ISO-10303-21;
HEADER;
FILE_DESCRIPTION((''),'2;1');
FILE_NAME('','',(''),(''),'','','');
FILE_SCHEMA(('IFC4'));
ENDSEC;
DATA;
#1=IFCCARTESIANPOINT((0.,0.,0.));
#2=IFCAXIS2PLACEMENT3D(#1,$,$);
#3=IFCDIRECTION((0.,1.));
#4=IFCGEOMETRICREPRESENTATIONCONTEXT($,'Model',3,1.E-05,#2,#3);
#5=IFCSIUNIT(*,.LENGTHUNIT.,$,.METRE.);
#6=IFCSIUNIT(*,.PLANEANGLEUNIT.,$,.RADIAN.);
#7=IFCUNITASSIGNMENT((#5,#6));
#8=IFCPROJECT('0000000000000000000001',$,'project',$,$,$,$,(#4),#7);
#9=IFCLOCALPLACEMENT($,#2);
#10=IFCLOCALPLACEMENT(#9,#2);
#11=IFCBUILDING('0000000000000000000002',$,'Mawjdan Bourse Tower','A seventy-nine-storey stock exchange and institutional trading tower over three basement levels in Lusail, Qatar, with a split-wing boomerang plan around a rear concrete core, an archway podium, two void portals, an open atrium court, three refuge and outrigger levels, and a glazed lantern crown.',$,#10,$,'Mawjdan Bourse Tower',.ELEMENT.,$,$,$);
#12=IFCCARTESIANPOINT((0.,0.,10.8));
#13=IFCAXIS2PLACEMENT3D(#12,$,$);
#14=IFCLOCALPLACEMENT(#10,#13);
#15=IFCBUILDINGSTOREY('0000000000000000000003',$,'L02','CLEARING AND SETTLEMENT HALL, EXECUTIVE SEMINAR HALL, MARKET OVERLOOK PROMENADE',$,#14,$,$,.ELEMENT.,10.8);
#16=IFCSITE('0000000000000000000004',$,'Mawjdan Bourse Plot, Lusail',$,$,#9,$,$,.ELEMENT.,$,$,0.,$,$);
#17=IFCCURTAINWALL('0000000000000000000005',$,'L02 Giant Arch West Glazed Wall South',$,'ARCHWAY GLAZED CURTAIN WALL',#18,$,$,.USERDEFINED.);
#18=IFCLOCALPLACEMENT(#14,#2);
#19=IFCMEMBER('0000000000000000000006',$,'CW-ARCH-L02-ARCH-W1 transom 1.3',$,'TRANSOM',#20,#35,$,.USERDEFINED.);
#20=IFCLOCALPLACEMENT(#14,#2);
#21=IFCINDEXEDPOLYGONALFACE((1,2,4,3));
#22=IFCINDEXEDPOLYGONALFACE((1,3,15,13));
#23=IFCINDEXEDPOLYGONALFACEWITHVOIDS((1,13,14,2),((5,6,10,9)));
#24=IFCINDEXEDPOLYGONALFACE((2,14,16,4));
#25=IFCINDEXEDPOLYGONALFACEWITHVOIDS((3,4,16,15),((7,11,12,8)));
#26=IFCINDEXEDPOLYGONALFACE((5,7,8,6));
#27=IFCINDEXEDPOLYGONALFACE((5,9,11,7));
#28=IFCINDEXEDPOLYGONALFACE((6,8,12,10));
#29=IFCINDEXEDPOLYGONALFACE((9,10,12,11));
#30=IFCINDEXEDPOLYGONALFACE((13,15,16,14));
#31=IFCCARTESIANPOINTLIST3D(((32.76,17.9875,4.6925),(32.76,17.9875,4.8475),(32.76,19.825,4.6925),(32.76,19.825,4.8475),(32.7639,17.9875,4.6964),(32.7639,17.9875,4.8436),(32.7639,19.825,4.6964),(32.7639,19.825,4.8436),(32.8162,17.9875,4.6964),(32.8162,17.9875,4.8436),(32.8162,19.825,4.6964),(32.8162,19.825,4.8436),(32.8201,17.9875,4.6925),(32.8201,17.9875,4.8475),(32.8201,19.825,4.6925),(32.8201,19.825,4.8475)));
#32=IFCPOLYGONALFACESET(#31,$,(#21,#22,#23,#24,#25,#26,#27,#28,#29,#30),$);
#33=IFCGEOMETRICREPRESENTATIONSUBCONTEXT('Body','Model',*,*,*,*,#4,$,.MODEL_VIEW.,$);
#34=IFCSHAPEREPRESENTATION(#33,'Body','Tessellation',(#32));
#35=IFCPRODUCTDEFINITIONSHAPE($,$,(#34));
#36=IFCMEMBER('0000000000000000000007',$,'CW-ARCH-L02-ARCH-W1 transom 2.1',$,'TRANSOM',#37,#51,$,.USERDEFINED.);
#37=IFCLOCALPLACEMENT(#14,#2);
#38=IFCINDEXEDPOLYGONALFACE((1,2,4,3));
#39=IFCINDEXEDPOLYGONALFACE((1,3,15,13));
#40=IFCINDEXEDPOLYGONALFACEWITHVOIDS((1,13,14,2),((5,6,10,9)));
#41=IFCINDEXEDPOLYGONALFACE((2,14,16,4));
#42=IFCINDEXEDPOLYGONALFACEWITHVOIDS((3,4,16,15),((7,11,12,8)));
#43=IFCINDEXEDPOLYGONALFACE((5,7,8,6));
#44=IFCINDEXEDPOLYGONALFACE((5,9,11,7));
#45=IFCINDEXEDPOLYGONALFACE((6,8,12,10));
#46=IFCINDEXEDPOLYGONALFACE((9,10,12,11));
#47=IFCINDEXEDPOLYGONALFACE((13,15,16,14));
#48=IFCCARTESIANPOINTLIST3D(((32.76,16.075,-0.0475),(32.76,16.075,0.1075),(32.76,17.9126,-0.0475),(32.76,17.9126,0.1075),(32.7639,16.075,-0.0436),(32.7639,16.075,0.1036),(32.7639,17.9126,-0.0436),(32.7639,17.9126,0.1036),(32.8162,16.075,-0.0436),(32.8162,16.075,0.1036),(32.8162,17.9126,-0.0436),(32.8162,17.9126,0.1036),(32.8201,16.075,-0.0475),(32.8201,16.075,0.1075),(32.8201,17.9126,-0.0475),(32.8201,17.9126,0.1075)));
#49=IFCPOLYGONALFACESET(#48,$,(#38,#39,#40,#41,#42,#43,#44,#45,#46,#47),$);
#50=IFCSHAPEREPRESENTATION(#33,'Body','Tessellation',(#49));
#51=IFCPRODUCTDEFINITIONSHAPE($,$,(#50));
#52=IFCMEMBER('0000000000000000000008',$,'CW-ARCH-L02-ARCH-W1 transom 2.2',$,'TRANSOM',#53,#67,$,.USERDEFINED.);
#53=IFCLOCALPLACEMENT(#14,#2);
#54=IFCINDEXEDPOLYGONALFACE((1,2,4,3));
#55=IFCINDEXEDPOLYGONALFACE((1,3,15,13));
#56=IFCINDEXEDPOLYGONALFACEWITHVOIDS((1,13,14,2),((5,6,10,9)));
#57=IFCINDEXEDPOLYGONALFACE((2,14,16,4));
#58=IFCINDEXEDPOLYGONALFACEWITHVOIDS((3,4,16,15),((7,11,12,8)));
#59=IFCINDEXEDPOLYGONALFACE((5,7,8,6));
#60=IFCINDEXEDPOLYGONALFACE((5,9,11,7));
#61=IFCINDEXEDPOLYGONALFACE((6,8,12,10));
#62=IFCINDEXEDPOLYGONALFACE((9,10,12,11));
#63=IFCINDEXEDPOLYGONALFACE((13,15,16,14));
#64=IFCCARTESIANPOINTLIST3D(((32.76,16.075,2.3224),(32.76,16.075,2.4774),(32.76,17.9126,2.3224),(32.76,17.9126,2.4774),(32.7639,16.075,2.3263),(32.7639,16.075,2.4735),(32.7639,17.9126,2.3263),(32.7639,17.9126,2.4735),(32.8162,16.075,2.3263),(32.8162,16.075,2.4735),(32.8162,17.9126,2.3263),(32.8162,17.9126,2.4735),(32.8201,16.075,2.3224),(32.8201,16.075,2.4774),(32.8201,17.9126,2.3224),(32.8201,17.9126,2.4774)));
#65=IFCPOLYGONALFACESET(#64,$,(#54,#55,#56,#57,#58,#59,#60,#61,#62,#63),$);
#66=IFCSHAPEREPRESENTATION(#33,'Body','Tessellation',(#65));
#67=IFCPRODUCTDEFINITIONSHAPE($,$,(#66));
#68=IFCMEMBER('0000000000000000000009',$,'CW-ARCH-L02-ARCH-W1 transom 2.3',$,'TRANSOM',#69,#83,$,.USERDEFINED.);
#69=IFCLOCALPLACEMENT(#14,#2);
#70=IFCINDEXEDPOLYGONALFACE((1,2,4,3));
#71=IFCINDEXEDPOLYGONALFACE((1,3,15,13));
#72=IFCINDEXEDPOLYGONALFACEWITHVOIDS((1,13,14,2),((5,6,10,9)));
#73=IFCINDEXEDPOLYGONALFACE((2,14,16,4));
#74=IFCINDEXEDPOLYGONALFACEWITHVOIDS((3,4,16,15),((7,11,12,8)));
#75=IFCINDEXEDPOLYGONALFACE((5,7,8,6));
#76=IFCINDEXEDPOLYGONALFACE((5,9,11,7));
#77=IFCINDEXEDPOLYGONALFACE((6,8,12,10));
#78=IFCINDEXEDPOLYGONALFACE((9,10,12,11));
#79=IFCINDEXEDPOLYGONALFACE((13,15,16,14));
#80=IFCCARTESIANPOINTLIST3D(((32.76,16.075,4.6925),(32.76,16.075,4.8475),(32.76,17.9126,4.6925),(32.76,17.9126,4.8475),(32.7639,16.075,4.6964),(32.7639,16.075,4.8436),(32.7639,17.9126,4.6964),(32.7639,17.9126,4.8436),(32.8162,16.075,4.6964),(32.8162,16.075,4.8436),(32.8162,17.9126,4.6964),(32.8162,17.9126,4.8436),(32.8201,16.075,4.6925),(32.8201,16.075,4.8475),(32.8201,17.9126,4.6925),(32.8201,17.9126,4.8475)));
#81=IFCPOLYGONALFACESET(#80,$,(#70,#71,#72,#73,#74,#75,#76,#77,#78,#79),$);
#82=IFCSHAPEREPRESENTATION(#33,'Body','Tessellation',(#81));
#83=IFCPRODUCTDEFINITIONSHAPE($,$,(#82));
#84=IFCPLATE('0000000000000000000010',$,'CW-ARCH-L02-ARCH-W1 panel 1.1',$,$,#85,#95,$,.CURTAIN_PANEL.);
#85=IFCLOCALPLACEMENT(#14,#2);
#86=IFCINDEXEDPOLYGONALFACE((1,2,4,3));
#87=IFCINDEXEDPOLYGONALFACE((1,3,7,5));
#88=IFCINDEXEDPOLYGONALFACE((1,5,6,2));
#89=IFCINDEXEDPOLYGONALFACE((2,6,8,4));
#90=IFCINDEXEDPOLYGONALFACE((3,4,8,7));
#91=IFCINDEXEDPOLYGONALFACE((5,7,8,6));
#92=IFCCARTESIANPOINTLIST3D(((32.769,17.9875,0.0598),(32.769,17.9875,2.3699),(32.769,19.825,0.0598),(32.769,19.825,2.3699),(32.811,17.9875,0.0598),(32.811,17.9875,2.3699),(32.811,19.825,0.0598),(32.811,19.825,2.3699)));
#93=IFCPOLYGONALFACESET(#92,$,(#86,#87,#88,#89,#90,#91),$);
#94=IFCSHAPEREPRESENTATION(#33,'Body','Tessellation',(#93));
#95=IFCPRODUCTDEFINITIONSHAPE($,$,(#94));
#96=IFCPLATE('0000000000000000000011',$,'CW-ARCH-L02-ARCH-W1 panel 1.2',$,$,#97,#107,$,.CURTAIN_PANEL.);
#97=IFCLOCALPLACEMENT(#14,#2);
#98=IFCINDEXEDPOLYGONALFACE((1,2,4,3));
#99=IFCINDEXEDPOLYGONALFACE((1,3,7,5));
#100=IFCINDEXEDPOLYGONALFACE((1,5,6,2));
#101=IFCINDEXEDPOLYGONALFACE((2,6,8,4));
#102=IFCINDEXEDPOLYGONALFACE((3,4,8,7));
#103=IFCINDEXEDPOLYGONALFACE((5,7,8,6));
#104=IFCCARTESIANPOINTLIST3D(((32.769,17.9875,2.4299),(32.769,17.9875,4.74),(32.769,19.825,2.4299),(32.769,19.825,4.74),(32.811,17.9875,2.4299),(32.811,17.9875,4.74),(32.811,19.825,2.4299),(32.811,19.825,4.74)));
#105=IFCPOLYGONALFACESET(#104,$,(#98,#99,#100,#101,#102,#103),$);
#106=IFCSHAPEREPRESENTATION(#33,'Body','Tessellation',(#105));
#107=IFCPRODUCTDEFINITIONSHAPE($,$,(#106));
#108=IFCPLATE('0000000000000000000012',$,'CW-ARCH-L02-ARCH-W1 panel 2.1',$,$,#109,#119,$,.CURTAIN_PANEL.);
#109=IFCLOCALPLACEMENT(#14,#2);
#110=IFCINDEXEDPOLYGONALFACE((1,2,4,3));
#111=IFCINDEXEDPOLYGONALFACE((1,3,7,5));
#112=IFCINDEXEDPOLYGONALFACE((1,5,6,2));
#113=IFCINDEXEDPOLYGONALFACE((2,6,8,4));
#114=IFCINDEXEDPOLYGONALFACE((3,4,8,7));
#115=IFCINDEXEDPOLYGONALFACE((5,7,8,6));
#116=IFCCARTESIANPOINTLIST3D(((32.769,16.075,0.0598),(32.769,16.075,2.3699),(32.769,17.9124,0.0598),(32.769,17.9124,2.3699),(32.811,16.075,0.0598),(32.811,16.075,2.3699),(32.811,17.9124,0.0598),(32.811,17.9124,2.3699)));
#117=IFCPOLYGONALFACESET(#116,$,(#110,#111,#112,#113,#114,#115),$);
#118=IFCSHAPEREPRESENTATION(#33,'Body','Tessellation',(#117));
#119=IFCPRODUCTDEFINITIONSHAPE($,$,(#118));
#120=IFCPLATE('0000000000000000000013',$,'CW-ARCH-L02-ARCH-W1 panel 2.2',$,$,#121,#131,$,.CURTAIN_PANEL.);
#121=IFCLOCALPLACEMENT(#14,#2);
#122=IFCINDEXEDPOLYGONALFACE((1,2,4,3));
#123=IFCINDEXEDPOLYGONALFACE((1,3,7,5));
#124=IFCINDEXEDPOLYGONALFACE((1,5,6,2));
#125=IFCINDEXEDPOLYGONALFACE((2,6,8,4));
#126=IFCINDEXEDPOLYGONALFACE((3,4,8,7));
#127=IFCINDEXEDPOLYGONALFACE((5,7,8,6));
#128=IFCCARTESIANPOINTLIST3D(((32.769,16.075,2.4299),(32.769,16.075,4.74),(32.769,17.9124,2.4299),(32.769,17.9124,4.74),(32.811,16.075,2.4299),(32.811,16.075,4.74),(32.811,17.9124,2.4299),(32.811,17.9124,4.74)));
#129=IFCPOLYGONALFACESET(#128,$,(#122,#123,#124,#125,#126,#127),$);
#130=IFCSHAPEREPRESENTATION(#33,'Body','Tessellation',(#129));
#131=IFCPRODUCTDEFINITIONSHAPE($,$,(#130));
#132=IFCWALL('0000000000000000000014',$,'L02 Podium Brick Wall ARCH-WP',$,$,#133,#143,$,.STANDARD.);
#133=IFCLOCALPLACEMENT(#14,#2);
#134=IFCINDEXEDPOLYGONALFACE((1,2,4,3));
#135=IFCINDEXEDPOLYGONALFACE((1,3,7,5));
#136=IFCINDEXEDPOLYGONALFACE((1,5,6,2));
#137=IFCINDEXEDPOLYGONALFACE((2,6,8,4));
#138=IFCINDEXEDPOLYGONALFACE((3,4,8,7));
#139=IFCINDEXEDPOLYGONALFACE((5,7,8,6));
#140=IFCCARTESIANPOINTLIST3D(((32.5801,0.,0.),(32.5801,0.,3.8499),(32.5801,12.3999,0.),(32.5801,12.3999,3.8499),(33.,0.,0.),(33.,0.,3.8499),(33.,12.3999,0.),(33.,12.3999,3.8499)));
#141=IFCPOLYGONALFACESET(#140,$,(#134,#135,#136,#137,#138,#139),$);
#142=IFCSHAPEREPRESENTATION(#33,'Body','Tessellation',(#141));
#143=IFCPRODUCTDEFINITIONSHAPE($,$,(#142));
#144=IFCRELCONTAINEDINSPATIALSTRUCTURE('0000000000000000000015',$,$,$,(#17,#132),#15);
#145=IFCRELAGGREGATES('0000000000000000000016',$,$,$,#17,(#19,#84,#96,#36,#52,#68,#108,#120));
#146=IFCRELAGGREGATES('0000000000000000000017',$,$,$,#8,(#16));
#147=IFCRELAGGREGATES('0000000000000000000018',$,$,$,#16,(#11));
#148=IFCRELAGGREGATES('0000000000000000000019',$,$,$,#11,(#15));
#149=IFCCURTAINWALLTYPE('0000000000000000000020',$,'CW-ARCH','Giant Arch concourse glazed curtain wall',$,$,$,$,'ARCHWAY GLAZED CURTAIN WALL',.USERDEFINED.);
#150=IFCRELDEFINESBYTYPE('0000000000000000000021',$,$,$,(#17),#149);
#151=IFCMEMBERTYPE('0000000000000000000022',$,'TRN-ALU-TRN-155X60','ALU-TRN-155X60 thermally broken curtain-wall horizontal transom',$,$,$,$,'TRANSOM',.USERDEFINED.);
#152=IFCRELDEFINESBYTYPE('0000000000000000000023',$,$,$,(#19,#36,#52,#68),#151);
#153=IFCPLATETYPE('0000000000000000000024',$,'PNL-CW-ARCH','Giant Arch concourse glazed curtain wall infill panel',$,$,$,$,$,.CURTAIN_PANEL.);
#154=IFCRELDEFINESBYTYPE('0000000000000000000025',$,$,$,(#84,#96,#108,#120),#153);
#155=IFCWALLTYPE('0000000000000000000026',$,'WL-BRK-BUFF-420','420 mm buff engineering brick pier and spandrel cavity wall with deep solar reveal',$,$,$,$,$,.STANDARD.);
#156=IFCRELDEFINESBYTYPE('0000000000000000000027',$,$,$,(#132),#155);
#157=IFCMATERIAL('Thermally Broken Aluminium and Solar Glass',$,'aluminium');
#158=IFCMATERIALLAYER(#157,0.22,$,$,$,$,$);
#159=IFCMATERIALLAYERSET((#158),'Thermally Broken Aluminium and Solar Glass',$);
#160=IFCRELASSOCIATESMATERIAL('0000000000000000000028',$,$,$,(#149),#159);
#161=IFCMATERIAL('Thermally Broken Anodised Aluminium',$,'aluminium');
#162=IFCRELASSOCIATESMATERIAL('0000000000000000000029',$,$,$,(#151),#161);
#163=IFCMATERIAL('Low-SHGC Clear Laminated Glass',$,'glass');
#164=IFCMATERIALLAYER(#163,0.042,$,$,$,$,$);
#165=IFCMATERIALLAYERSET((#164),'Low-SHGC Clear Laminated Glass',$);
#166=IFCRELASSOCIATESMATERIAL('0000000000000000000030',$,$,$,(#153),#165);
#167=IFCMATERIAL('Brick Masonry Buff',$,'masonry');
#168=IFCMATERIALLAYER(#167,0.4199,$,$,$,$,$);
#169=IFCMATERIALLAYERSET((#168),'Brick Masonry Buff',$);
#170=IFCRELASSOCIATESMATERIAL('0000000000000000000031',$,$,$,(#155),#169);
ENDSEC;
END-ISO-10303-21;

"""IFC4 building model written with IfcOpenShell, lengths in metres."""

from ifc_helpers import new_model, si_unit, direction, frame, frame_2d, origin, origin_2d, place, context, subcontext, project, spatial, rectangle, hollow_rectangle, extrude, material, layer, layer_set, material_profile, profile_set, type_object, element, aggregate, save


model = new_model("IFC4")

# Units and contexts
model_context = context("Model", 3, precision=1e-05, world=origin(), true_north=direction((0.0, 1.0)))
body_context = subcontext(model_context, "Body", "Model", "MODEL_VIEW")
ifc_project = project(units=[si_unit("LENGTHUNIT", "METRE"), si_unit("PLANEANGLEUNIT", "RADIAN")], contexts=[model_context])

# Site, building, storey
site_placement = place(None, origin())
site = spatial("IfcSite", under=ifc_project, at=site_placement, Name="Mawjdan Bourse Plot, Lusail", CompositionType="ELEMENT", RefElevation=0.0)
building_placement = place(site_placement, origin())
building = spatial("IfcBuilding", under=site, at=building_placement, Name="Mawjdan Bourse Tower", Description="A seventy-nine-storey stock exchange and institutional trading tower over three basement levels in Lusail, Qatar, with a split-wing boomerang plan around a rear concrete core, an archway podium, two void portals, an open atrium court, three refuge and outrigger levels, and a glazed lantern crown.", LongName="Mawjdan Bourse Tower", CompositionType="ELEMENT")
storey_placement = place(building_placement, frame((0.0, 0.0, 10.8)))
storey = spatial("IfcBuildingStorey", under=building, at=storey_placement, Name="L02", Description="CLEARING AND SETTLEMENT HALL, EXECUTIVE SEMINAR HALL, MARKET OVERLOOK PROMENADE", CompositionType="ELEMENT", Elevation=10.8)

# Curtain wall, members, plates
ifc_material_1 = material(Name="Thermally Broken Aluminium and Solar Glass", Category="aluminium")
ifc_layer_1 = layer(ifc_material_1, 0.22)
ifc_layer_set_1 = layer_set([ifc_layer_1], Name="Thermally Broken Aluminium and Solar Glass")
curtain_wall_type = type_object("IfcCurtainWallType", Name="CW-ARCH", Description="Giant Arch concourse glazed curtain wall", ElementType="ARCHWAY GLAZED CURTAIN WALL", PredefinedType="USERDEFINED", material=ifc_layer_set_1)
curtain_wall_placement = place(storey_placement, origin())
curtain_wall = element("IfcCurtainWall", 1, at=curtain_wall_placement, inside=storey, type_object=curtain_wall_type, Name="L02 Giant Arch West Glazed Wall South", ObjectType="ARCHWAY GLAZED CURTAIN WALL", PredefinedType="USERDEFINED")
ifc_material_2 = material(Name="Thermally Broken Anodised Aluminium", Category="aluminium")
ifc_material_profile_1 = material_profile(ifc_material_2, hollow_rectangle(XDim=0.0601, YDim=0.155, WallThickness=0.0039, at=origin_2d()), Name="ALU-TRN-155X60")
ifc_profile_set_1 = profile_set([ifc_material_profile_1], Name="Thermally Broken Anodised Aluminium")
member_type_1 = type_object("IfcMemberType", Name="TRN-ALU-TRN-155X60", Description="ALU-TRN-155X60 thermally broken curtain-wall horizontal transom", ElementType="TRANSOM", PredefinedType="USERDEFINED", material=ifc_profile_set_1)
member_1_placement = place(storey_placement, frame((32.79, 19.825, 4.77), z_axis=(0.0, -1.0, 0.0), x_axis=(1.0, 0.0, 0.0)))
member_1 = element("IfcMember", 2, at=member_1_placement, type_object=member_type_1, Name="CW-ARCH-L02-ARCH-W1 transom 1.3", ObjectType="TRANSOM", PredefinedType="USERDEFINED", context=body_context, shape_type="SweptSolid", body=[
    extrude(hollow_rectangle(XDim=0.0601, YDim=0.155, WallThickness=0.0039, at=origin_2d()), origin(), (0.0, 0.0, 1.0), 1.8374),
])
member_2_placement = place(storey_placement, frame((32.79, 17.9126, 0.03), z_axis=(0.0, -1.0, 0.0), x_axis=(1.0, 0.0, 0.0)))
member_2 = element("IfcMember", 3, at=member_2_placement, type_object=member_type_1, Name="CW-ARCH-L02-ARCH-W1 transom 2.1", ObjectType="TRANSOM", PredefinedType="USERDEFINED", context=body_context, shape_type="SweptSolid", body=[
    extrude(hollow_rectangle(XDim=0.0601, YDim=0.155, WallThickness=0.0039, at=origin_2d()), origin(), (0.0, 0.0, 1.0), 1.8376),
])
member_3_placement = place(storey_placement, frame((32.79, 17.9126, 2.3999), z_axis=(0.0, -1.0, 0.0), x_axis=(1.0, 0.0, 0.0)))
member_3 = element("IfcMember", 4, at=member_3_placement, type_object=member_type_1, Name="CW-ARCH-L02-ARCH-W1 transom 2.2", ObjectType="TRANSOM", PredefinedType="USERDEFINED", context=body_context, shape_type="SweptSolid", body=[
    extrude(hollow_rectangle(XDim=0.0601, YDim=0.155, WallThickness=0.0039, at=origin_2d()), origin(), (0.0, 0.0, 1.0), 1.8376),
])
member_4_placement = place(storey_placement, frame((32.79, 17.9126, 4.77), z_axis=(0.0, -1.0, 0.0), x_axis=(1.0, 0.0, 0.0)))
member_4 = element("IfcMember", 5, at=member_4_placement, type_object=member_type_1, Name="CW-ARCH-L02-ARCH-W1 transom 2.3", ObjectType="TRANSOM", PredefinedType="USERDEFINED", context=body_context, shape_type="SweptSolid", body=[
    extrude(hollow_rectangle(XDim=0.0601, YDim=0.155, WallThickness=0.0039, at=origin_2d()), origin(), (0.0, 0.0, 1.0), 1.8376),
])
ifc_material_3 = material(Name="Low-SHGC Clear Laminated Glass", Category="glass")
ifc_layer_2 = layer(ifc_material_3, 0.042)
ifc_layer_set_2 = layer_set([ifc_layer_2], Name="Low-SHGC Clear Laminated Glass")
plate_type = type_object("IfcPlateType", Name="PNL-CW-ARCH", Description="Giant Arch concourse glazed curtain wall infill panel", PredefinedType="CURTAIN_PANEL", material=ifc_layer_set_2)
plate_1_placement = place(storey_placement, frame((32.79, 18.9062, 0.0598), z_axis=(0.0, 0.0, 1.0), x_axis=(0.0, -1.0, 0.0)))
plate_1 = element("IfcPlate", 6, at=plate_1_placement, type_object=plate_type, Name="CW-ARCH-L02-ARCH-W1 panel 1.1", PredefinedType="CURTAIN_PANEL", context=body_context, shape_type="SweptSolid", body=[
    extrude(rectangle(XDim=1.8374, YDim=0.042, at=origin_2d()), origin(), (0.0, 0.0, 1.0), 2.3101),
])
plate_2_placement = place(storey_placement, frame((32.79, 18.9062, 2.4299), z_axis=(0.0, 0.0, 1.0), x_axis=(0.0, -1.0, 0.0)))
plate_2 = element("IfcPlate", 7, at=plate_2_placement, type_object=plate_type, Name="CW-ARCH-L02-ARCH-W1 panel 1.2", PredefinedType="CURTAIN_PANEL", context=body_context, shape_type="SweptSolid", body=[
    extrude(rectangle(XDim=1.8374, YDim=0.042, at=origin_2d()), origin(), (0.0, 0.0, 1.0), 2.3101),
])
plate_3_placement = place(storey_placement, frame((32.79, 16.9937, 0.0598), z_axis=(0.0, 0.0, 1.0), x_axis=(0.0, -1.0, 0.0)))
plate_3 = element("IfcPlate", 8, at=plate_3_placement, type_object=plate_type, Name="CW-ARCH-L02-ARCH-W1 panel 2.1", PredefinedType="CURTAIN_PANEL", context=body_context, shape_type="SweptSolid", body=[
    extrude(rectangle(XDim=1.8374, YDim=0.042, at=origin_2d()), origin(), (0.0, 0.0, 1.0), 2.3101),
])
plate_4_placement = place(storey_placement, frame((32.79, 16.9937, 2.4299), z_axis=(0.0, 0.0, 1.0), x_axis=(0.0, -1.0, 0.0)))
plate_4 = element("IfcPlate", 9, at=plate_4_placement, type_object=plate_type, Name="CW-ARCH-L02-ARCH-W1 panel 2.2", PredefinedType="CURTAIN_PANEL", context=body_context, shape_type="SweptSolid", body=[
    extrude(rectangle(XDim=1.8374, YDim=0.042, at=origin_2d()), origin(), (0.0, 0.0, 1.0), 2.3101),
])
aggregate(curtain_wall, [member_1, plate_1, plate_2, member_2, member_3, member_4, plate_3, plate_4])

# Wall
ifc_material_4 = material(Name="Brick Masonry Buff", Category="masonry")
ifc_layer_3 = layer(ifc_material_4, 0.4199)
ifc_layer_set_3 = layer_set([ifc_layer_3], Name="Brick Masonry Buff")
wall_type = type_object("IfcWallType", Name="WL-BRK-BUFF-420", Description="420 mm buff engineering brick pier and spandrel cavity wall with deep solar reveal", PredefinedType="STANDARD", material=ifc_layer_set_3)
wall_placement = place(storey_placement, frame((32.79, 12.3999, 0.0), z_axis=(0.0, 0.0, 1.0), x_axis=(0.0, -1.0, 0.0)))
element("IfcWall", 10, at=wall_placement, inside=storey, type_object=wall_type, Name="L02 Podium Brick Wall ARCH-WP", PredefinedType="STANDARD", context=body_context, shape_type="SweptSolid", body=[
    extrude(rectangle(XDim=12.3999, YDim=0.4199, at=frame_2d((6.2, 0.0))), origin(), (0.0, 0.0, 1.0), 3.8499),
])

save(model, "model.ifc")
